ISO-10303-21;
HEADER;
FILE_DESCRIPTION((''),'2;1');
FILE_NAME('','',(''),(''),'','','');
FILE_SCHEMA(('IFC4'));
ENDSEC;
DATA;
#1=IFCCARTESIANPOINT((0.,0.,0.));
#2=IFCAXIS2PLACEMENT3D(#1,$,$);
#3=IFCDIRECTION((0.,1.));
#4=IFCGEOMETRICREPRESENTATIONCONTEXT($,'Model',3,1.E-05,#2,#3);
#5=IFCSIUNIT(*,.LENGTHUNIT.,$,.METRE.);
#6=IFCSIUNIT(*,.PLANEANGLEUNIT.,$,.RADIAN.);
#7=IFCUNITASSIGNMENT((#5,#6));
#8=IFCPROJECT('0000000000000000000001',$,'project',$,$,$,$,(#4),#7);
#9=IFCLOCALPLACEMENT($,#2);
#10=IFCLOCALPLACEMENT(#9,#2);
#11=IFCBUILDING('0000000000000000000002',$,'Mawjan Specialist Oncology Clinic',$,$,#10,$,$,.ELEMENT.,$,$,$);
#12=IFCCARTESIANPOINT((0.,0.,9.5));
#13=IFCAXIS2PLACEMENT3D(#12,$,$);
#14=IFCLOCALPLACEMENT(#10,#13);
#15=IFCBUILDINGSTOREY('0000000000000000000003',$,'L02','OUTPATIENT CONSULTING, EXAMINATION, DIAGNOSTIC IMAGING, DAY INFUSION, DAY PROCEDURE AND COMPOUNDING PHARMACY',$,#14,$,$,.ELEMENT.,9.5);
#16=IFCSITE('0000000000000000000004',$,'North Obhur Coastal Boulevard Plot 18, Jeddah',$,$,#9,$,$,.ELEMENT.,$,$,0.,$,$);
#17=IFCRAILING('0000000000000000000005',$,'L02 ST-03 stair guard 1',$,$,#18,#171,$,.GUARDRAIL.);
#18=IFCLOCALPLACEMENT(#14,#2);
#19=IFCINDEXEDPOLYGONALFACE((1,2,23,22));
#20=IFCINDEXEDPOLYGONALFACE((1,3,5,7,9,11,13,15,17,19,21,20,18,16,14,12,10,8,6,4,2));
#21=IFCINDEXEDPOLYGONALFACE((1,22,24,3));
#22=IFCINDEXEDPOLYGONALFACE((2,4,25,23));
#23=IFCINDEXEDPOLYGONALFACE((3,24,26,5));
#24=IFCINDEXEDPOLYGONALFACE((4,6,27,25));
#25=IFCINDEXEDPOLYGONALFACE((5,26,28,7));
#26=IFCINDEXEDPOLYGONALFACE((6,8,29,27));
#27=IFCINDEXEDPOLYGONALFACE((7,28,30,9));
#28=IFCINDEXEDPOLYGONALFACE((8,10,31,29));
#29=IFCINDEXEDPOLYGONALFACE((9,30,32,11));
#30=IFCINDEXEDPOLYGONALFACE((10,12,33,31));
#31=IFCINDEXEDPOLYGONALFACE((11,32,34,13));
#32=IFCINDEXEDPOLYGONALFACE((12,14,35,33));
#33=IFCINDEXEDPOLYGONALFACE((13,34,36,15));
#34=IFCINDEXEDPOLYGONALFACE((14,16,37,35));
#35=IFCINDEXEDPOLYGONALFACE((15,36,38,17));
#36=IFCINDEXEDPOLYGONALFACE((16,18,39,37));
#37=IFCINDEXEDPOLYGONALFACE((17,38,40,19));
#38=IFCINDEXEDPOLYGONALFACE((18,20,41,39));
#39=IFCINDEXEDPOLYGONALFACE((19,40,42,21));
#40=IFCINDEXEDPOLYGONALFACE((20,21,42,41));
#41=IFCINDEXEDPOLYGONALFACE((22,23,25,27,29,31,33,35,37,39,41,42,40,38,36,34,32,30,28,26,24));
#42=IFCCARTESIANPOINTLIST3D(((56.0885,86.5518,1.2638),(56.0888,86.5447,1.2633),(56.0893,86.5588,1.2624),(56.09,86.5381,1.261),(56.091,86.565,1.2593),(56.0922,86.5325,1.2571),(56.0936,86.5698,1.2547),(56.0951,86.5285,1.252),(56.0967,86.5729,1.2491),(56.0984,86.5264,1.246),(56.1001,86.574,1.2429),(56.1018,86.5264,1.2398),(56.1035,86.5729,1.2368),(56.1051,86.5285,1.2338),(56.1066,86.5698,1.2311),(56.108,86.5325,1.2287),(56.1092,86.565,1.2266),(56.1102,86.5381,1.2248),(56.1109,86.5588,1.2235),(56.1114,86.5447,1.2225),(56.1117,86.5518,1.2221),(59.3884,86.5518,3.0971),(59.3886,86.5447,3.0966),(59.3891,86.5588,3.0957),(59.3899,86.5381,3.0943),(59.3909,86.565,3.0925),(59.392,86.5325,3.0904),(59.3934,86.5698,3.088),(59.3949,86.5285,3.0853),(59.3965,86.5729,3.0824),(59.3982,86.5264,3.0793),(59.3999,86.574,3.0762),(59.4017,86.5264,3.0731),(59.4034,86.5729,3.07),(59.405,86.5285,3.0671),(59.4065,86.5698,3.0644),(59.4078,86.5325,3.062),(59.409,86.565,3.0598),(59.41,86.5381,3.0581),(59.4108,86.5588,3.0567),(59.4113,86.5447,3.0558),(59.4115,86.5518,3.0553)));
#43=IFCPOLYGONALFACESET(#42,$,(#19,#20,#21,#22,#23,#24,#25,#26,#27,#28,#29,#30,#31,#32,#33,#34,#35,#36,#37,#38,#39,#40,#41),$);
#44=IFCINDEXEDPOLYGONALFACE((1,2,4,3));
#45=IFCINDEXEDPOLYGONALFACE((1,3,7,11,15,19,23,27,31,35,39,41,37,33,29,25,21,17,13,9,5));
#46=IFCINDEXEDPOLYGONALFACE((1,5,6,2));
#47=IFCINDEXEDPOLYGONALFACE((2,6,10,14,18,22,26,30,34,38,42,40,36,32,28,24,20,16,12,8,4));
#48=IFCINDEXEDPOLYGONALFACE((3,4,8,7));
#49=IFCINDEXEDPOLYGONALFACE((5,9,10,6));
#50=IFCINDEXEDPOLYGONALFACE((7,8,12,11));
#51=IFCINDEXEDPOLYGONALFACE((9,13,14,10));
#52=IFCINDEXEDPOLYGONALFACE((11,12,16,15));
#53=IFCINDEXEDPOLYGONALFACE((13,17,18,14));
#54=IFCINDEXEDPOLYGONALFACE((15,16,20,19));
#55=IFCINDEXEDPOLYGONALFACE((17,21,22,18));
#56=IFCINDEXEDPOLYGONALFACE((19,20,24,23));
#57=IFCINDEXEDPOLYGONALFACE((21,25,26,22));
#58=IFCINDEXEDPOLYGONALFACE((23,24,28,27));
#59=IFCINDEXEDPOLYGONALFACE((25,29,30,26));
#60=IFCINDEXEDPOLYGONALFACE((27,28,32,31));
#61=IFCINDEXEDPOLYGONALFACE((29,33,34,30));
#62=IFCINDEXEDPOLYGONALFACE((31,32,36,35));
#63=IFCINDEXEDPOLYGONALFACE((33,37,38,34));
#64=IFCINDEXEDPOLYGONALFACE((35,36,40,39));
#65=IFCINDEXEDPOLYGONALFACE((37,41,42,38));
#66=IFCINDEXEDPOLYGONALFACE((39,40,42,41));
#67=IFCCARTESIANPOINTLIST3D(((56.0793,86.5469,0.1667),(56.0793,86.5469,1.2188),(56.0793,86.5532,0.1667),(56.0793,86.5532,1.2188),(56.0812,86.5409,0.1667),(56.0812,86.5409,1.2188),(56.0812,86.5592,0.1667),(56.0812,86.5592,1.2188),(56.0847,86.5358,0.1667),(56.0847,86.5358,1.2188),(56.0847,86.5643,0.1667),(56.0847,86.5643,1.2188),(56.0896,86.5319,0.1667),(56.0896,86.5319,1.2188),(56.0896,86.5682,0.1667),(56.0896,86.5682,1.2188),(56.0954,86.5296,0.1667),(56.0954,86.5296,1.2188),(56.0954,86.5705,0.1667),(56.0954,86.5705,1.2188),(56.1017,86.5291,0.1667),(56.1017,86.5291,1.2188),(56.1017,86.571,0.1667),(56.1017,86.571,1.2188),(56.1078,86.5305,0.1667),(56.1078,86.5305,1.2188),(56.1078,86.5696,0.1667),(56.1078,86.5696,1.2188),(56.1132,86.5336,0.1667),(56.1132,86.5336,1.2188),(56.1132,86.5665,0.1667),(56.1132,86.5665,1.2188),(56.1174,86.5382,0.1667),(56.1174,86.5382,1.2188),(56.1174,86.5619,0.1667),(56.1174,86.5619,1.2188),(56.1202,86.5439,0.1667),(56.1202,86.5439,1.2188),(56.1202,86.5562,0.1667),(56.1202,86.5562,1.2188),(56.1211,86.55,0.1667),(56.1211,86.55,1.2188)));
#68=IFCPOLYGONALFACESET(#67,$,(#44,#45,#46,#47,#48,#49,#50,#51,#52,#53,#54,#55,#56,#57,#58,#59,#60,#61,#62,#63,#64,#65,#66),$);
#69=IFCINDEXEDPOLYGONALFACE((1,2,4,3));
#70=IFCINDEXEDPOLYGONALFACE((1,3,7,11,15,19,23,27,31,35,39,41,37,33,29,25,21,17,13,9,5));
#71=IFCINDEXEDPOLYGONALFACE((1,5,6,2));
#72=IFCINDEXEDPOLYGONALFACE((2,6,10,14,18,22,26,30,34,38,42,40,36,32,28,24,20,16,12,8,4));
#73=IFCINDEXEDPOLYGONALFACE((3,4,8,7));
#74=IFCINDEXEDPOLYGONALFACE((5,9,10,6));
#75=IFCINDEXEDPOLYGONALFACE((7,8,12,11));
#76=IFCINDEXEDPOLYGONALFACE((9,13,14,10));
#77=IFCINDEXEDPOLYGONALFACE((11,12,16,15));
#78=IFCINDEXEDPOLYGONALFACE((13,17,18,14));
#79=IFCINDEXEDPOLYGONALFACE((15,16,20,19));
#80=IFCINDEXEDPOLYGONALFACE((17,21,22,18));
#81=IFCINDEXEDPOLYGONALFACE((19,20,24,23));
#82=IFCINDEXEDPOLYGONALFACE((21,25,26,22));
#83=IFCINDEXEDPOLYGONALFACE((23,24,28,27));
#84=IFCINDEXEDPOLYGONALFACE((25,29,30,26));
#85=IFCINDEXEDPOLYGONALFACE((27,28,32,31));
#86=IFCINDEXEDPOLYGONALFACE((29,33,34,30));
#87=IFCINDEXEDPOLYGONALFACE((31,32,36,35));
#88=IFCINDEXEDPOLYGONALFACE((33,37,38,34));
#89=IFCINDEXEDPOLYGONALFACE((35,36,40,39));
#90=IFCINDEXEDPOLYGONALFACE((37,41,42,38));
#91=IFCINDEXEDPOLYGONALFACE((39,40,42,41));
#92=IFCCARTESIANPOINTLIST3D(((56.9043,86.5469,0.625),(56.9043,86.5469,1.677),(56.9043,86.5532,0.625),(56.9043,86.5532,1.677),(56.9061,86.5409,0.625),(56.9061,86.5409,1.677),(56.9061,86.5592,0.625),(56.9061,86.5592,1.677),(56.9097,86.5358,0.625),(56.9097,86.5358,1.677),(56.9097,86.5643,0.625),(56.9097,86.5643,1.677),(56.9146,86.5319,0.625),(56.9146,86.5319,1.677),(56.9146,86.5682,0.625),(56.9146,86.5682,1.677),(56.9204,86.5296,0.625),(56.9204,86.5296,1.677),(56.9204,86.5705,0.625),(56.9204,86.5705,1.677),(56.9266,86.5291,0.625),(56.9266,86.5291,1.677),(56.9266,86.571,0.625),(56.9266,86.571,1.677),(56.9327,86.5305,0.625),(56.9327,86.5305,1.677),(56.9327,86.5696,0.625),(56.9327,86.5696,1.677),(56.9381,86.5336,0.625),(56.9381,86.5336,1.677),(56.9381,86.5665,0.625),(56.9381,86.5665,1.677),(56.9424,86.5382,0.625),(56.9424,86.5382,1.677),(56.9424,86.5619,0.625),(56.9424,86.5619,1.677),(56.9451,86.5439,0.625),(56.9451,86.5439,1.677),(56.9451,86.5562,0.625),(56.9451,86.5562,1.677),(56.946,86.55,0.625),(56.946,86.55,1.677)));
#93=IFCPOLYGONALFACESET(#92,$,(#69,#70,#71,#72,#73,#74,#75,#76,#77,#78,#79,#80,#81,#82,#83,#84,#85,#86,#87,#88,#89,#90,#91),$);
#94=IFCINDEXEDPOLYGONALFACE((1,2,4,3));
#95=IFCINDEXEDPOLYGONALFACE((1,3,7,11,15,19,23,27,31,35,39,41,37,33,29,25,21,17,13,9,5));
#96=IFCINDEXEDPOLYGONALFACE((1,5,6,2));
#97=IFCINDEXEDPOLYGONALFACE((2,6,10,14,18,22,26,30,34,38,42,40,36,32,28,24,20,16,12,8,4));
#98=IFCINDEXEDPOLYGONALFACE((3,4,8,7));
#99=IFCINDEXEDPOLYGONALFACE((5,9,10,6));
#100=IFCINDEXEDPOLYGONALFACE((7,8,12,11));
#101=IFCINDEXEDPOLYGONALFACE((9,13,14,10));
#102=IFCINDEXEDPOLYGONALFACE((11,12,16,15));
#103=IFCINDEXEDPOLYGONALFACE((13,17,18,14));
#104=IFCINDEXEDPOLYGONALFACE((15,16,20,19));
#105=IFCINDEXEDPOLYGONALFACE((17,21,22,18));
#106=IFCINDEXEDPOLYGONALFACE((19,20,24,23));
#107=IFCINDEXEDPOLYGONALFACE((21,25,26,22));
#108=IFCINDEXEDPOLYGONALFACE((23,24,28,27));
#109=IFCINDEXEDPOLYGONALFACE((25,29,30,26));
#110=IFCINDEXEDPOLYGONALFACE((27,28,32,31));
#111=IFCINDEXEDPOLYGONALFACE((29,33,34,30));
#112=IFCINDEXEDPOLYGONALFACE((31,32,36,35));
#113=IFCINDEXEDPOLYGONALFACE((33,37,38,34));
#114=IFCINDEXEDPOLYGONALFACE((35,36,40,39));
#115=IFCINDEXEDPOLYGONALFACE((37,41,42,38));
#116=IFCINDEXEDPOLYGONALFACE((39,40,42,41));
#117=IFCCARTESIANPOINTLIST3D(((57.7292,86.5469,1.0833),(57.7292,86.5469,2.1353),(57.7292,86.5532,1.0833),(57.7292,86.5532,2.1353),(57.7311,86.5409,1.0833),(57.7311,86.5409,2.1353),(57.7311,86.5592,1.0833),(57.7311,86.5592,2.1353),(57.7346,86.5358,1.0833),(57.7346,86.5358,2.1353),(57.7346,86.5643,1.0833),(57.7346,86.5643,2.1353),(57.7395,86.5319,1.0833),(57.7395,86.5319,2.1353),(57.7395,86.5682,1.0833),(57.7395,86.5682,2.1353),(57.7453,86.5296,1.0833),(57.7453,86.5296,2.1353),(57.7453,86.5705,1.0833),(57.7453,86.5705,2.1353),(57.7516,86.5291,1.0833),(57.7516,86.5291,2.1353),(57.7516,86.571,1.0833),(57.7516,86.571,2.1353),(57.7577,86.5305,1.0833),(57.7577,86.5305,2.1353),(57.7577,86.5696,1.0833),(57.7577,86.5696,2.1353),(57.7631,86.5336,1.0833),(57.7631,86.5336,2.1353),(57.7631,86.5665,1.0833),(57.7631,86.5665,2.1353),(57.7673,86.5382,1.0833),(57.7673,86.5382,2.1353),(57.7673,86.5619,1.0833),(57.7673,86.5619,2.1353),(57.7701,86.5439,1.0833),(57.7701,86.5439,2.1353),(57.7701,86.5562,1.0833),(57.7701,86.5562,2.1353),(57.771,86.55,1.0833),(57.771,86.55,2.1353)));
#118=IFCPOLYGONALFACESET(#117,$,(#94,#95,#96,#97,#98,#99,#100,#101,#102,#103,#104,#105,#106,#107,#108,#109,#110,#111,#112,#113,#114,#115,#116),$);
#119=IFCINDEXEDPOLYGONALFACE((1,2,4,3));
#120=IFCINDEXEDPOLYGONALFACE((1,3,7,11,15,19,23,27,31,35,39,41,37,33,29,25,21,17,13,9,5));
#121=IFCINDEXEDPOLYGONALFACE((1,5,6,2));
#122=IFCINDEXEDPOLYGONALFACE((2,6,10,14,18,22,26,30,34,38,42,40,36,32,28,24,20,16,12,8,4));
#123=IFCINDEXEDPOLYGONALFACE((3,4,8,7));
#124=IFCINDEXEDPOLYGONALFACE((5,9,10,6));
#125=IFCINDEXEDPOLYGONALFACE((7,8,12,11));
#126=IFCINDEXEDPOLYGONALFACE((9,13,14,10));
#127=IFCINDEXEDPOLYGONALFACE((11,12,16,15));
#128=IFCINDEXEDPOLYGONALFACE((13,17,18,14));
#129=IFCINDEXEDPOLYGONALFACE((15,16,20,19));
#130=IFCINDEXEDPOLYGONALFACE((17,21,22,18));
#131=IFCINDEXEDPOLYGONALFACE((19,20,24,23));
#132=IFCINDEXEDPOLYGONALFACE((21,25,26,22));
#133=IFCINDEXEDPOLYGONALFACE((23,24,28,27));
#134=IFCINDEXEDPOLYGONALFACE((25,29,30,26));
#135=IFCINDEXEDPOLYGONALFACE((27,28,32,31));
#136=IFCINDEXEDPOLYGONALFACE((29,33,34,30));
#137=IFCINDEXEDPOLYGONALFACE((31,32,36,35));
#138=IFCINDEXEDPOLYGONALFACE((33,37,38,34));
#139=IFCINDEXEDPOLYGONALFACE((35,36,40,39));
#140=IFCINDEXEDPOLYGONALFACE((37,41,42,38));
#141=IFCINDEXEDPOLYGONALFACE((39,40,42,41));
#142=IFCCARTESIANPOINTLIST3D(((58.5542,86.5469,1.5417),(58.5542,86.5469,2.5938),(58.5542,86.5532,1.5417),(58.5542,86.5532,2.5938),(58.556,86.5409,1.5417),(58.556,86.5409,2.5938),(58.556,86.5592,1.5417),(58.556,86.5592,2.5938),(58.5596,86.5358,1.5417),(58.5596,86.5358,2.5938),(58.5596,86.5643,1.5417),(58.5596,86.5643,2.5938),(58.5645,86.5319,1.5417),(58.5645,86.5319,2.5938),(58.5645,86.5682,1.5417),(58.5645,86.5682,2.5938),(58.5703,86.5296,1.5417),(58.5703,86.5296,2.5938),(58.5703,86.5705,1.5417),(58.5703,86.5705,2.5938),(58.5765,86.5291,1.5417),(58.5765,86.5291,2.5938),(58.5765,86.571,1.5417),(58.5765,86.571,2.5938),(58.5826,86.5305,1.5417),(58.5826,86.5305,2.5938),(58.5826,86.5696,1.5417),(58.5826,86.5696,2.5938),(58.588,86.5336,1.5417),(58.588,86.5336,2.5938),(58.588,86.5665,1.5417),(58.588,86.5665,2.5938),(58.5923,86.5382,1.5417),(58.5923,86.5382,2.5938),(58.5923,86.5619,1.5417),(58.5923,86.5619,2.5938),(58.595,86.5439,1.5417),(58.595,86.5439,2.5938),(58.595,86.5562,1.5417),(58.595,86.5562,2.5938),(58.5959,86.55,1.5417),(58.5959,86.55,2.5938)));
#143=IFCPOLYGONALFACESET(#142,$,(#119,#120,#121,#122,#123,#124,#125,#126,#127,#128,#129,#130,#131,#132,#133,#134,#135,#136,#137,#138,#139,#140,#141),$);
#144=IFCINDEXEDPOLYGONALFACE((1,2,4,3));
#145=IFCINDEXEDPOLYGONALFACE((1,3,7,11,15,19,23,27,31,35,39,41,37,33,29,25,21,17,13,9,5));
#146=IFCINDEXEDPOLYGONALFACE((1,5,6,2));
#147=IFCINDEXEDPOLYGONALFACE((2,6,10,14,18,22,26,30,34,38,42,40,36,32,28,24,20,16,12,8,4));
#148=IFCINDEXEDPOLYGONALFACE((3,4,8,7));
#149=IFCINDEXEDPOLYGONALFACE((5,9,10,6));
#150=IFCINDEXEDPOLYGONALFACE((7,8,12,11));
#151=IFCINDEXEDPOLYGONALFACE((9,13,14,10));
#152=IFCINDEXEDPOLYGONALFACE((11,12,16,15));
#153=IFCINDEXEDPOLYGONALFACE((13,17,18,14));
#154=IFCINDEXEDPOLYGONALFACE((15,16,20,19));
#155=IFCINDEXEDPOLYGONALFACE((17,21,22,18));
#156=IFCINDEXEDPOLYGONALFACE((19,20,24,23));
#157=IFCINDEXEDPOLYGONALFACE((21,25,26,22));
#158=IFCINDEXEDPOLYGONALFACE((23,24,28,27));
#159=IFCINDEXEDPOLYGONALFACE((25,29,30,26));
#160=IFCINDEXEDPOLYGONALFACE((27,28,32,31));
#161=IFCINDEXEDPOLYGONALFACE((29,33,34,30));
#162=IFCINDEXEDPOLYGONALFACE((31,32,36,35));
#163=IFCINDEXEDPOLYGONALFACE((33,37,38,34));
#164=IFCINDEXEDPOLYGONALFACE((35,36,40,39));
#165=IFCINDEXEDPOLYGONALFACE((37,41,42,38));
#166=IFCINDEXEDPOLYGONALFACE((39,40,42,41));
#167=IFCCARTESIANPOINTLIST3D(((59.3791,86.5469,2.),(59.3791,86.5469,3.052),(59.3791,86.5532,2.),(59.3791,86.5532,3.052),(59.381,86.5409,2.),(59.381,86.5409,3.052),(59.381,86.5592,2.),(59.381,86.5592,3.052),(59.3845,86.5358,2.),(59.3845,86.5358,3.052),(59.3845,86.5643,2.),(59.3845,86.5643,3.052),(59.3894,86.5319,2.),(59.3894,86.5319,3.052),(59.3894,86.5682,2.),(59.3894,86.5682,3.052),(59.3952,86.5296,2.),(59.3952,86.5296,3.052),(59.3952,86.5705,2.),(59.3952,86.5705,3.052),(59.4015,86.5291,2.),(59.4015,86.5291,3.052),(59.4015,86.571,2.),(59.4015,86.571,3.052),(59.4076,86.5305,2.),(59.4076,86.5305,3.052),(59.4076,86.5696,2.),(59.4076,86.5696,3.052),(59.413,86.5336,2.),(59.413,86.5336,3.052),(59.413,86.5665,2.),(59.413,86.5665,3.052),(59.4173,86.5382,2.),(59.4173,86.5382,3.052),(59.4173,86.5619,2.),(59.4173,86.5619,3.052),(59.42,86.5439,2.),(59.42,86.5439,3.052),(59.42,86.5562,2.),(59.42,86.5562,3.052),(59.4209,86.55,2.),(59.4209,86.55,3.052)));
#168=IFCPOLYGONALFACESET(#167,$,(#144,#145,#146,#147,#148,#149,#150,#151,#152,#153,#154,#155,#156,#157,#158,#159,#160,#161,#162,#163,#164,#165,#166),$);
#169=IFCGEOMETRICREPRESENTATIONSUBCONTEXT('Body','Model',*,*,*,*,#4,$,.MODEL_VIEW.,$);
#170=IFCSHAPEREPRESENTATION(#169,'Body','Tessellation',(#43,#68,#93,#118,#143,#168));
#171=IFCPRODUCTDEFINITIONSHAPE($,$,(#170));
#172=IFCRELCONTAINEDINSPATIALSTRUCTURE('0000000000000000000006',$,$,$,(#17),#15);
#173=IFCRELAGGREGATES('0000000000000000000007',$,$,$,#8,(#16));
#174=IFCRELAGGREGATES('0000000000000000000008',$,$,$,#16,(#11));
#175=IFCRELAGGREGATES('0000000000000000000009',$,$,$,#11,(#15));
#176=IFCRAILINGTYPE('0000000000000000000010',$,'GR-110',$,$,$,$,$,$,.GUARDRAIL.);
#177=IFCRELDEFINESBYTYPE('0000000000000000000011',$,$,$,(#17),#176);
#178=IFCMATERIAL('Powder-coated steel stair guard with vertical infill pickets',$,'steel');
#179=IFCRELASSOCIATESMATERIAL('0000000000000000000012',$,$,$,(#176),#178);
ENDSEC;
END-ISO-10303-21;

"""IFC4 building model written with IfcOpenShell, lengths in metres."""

from ifc_helpers import new_model, si_unit, direction, frame, origin, origin_2d, place, context, subcontext, project, spatial, circle, extrude, material, type_object, element, save


model = new_model("IFC4")

# Units and contexts
model_context = context("Model", 3, precision=1e-05, world=origin(), true_north=direction((0.0, 1.0)))
body_context = subcontext(model_context, "Body", "Model", "MODEL_VIEW")
ifc_project = project(units=[si_unit("LENGTHUNIT", "METRE"), si_unit("PLANEANGLEUNIT", "RADIAN")], contexts=[model_context])

# Site, building, storey
site_placement = place(None, origin())
site = spatial("IfcSite", under=ifc_project, at=site_placement, Name="North Obhur Coastal Boulevard Plot 18, Jeddah", CompositionType="ELEMENT", RefElevation=0.0)
building_placement = place(site_placement, origin())
building = spatial("IfcBuilding", under=site, at=building_placement, Name="Mawjan Specialist Oncology Clinic", CompositionType="ELEMENT")
storey_placement = place(building_placement, frame((0.0, 0.0, 9.5)))
storey = spatial("IfcBuildingStorey", under=building, at=storey_placement, Name="L02", Description="OUTPATIENT CONSULTING, EXAMINATION, DIAGNOSTIC IMAGING, DAY INFUSION, DAY PROCEDURE AND COMPOUNDING PHARMACY", CompositionType="ELEMENT", Elevation=9.5)

# Railing
ifc_material_1 = material(Name="Powder-coated steel stair guard with vertical infill pickets", Category="steel")
railing_type_1 = type_object("IfcRailingType", Name="GR-110", PredefinedType="GUARDRAIL", material=ifc_material_1)
railing_1_placement = place(storey_placement, frame((56.1001, 86.55, 0.1667)))
element("IfcRailing", 1, at=railing_1_placement, inside=storey, type_object=railing_type_1, Name="L02 ST-03 stair guard 1", PredefinedType="GUARDRAIL", context=body_context, shape_type="SweptSolid", body=[
    extrude(circle(Radius=0.0239, at=origin_2d()), frame((0.0, 0.0, 1.0762), z_axis=(0.874154, 0.0, 0.485648), x_axis=(0.0, 1.0, 0.0)), (0.0, 0.0, 1.0), 3.7749),
    extrude(circle(Radius=0.021, at=origin_2d()), origin(), (0.0, 0.0, 1.0), 1.052),
    extrude(circle(Radius=0.021, at=origin_2d()), frame((0.825, 0.0, 0.4583)), (0.0, 0.0, 1.0), 1.052),
    extrude(circle(Radius=0.021, at=origin_2d()), frame((1.6499, 0.0, 0.9165)), (0.0, 0.0, 1.0), 1.052),
    extrude(circle(Radius=0.021, at=origin_2d()), frame((2.4749, 0.0, 1.375)), (0.0, 0.0, 1.0), 1.052),
    extrude(circle(Radius=0.021, at=origin_2d()), frame((3.2998, 0.0, 1.8333)), (0.0, 0.0, 1.0), 1.052),
])

save(model, "model.ifc")
